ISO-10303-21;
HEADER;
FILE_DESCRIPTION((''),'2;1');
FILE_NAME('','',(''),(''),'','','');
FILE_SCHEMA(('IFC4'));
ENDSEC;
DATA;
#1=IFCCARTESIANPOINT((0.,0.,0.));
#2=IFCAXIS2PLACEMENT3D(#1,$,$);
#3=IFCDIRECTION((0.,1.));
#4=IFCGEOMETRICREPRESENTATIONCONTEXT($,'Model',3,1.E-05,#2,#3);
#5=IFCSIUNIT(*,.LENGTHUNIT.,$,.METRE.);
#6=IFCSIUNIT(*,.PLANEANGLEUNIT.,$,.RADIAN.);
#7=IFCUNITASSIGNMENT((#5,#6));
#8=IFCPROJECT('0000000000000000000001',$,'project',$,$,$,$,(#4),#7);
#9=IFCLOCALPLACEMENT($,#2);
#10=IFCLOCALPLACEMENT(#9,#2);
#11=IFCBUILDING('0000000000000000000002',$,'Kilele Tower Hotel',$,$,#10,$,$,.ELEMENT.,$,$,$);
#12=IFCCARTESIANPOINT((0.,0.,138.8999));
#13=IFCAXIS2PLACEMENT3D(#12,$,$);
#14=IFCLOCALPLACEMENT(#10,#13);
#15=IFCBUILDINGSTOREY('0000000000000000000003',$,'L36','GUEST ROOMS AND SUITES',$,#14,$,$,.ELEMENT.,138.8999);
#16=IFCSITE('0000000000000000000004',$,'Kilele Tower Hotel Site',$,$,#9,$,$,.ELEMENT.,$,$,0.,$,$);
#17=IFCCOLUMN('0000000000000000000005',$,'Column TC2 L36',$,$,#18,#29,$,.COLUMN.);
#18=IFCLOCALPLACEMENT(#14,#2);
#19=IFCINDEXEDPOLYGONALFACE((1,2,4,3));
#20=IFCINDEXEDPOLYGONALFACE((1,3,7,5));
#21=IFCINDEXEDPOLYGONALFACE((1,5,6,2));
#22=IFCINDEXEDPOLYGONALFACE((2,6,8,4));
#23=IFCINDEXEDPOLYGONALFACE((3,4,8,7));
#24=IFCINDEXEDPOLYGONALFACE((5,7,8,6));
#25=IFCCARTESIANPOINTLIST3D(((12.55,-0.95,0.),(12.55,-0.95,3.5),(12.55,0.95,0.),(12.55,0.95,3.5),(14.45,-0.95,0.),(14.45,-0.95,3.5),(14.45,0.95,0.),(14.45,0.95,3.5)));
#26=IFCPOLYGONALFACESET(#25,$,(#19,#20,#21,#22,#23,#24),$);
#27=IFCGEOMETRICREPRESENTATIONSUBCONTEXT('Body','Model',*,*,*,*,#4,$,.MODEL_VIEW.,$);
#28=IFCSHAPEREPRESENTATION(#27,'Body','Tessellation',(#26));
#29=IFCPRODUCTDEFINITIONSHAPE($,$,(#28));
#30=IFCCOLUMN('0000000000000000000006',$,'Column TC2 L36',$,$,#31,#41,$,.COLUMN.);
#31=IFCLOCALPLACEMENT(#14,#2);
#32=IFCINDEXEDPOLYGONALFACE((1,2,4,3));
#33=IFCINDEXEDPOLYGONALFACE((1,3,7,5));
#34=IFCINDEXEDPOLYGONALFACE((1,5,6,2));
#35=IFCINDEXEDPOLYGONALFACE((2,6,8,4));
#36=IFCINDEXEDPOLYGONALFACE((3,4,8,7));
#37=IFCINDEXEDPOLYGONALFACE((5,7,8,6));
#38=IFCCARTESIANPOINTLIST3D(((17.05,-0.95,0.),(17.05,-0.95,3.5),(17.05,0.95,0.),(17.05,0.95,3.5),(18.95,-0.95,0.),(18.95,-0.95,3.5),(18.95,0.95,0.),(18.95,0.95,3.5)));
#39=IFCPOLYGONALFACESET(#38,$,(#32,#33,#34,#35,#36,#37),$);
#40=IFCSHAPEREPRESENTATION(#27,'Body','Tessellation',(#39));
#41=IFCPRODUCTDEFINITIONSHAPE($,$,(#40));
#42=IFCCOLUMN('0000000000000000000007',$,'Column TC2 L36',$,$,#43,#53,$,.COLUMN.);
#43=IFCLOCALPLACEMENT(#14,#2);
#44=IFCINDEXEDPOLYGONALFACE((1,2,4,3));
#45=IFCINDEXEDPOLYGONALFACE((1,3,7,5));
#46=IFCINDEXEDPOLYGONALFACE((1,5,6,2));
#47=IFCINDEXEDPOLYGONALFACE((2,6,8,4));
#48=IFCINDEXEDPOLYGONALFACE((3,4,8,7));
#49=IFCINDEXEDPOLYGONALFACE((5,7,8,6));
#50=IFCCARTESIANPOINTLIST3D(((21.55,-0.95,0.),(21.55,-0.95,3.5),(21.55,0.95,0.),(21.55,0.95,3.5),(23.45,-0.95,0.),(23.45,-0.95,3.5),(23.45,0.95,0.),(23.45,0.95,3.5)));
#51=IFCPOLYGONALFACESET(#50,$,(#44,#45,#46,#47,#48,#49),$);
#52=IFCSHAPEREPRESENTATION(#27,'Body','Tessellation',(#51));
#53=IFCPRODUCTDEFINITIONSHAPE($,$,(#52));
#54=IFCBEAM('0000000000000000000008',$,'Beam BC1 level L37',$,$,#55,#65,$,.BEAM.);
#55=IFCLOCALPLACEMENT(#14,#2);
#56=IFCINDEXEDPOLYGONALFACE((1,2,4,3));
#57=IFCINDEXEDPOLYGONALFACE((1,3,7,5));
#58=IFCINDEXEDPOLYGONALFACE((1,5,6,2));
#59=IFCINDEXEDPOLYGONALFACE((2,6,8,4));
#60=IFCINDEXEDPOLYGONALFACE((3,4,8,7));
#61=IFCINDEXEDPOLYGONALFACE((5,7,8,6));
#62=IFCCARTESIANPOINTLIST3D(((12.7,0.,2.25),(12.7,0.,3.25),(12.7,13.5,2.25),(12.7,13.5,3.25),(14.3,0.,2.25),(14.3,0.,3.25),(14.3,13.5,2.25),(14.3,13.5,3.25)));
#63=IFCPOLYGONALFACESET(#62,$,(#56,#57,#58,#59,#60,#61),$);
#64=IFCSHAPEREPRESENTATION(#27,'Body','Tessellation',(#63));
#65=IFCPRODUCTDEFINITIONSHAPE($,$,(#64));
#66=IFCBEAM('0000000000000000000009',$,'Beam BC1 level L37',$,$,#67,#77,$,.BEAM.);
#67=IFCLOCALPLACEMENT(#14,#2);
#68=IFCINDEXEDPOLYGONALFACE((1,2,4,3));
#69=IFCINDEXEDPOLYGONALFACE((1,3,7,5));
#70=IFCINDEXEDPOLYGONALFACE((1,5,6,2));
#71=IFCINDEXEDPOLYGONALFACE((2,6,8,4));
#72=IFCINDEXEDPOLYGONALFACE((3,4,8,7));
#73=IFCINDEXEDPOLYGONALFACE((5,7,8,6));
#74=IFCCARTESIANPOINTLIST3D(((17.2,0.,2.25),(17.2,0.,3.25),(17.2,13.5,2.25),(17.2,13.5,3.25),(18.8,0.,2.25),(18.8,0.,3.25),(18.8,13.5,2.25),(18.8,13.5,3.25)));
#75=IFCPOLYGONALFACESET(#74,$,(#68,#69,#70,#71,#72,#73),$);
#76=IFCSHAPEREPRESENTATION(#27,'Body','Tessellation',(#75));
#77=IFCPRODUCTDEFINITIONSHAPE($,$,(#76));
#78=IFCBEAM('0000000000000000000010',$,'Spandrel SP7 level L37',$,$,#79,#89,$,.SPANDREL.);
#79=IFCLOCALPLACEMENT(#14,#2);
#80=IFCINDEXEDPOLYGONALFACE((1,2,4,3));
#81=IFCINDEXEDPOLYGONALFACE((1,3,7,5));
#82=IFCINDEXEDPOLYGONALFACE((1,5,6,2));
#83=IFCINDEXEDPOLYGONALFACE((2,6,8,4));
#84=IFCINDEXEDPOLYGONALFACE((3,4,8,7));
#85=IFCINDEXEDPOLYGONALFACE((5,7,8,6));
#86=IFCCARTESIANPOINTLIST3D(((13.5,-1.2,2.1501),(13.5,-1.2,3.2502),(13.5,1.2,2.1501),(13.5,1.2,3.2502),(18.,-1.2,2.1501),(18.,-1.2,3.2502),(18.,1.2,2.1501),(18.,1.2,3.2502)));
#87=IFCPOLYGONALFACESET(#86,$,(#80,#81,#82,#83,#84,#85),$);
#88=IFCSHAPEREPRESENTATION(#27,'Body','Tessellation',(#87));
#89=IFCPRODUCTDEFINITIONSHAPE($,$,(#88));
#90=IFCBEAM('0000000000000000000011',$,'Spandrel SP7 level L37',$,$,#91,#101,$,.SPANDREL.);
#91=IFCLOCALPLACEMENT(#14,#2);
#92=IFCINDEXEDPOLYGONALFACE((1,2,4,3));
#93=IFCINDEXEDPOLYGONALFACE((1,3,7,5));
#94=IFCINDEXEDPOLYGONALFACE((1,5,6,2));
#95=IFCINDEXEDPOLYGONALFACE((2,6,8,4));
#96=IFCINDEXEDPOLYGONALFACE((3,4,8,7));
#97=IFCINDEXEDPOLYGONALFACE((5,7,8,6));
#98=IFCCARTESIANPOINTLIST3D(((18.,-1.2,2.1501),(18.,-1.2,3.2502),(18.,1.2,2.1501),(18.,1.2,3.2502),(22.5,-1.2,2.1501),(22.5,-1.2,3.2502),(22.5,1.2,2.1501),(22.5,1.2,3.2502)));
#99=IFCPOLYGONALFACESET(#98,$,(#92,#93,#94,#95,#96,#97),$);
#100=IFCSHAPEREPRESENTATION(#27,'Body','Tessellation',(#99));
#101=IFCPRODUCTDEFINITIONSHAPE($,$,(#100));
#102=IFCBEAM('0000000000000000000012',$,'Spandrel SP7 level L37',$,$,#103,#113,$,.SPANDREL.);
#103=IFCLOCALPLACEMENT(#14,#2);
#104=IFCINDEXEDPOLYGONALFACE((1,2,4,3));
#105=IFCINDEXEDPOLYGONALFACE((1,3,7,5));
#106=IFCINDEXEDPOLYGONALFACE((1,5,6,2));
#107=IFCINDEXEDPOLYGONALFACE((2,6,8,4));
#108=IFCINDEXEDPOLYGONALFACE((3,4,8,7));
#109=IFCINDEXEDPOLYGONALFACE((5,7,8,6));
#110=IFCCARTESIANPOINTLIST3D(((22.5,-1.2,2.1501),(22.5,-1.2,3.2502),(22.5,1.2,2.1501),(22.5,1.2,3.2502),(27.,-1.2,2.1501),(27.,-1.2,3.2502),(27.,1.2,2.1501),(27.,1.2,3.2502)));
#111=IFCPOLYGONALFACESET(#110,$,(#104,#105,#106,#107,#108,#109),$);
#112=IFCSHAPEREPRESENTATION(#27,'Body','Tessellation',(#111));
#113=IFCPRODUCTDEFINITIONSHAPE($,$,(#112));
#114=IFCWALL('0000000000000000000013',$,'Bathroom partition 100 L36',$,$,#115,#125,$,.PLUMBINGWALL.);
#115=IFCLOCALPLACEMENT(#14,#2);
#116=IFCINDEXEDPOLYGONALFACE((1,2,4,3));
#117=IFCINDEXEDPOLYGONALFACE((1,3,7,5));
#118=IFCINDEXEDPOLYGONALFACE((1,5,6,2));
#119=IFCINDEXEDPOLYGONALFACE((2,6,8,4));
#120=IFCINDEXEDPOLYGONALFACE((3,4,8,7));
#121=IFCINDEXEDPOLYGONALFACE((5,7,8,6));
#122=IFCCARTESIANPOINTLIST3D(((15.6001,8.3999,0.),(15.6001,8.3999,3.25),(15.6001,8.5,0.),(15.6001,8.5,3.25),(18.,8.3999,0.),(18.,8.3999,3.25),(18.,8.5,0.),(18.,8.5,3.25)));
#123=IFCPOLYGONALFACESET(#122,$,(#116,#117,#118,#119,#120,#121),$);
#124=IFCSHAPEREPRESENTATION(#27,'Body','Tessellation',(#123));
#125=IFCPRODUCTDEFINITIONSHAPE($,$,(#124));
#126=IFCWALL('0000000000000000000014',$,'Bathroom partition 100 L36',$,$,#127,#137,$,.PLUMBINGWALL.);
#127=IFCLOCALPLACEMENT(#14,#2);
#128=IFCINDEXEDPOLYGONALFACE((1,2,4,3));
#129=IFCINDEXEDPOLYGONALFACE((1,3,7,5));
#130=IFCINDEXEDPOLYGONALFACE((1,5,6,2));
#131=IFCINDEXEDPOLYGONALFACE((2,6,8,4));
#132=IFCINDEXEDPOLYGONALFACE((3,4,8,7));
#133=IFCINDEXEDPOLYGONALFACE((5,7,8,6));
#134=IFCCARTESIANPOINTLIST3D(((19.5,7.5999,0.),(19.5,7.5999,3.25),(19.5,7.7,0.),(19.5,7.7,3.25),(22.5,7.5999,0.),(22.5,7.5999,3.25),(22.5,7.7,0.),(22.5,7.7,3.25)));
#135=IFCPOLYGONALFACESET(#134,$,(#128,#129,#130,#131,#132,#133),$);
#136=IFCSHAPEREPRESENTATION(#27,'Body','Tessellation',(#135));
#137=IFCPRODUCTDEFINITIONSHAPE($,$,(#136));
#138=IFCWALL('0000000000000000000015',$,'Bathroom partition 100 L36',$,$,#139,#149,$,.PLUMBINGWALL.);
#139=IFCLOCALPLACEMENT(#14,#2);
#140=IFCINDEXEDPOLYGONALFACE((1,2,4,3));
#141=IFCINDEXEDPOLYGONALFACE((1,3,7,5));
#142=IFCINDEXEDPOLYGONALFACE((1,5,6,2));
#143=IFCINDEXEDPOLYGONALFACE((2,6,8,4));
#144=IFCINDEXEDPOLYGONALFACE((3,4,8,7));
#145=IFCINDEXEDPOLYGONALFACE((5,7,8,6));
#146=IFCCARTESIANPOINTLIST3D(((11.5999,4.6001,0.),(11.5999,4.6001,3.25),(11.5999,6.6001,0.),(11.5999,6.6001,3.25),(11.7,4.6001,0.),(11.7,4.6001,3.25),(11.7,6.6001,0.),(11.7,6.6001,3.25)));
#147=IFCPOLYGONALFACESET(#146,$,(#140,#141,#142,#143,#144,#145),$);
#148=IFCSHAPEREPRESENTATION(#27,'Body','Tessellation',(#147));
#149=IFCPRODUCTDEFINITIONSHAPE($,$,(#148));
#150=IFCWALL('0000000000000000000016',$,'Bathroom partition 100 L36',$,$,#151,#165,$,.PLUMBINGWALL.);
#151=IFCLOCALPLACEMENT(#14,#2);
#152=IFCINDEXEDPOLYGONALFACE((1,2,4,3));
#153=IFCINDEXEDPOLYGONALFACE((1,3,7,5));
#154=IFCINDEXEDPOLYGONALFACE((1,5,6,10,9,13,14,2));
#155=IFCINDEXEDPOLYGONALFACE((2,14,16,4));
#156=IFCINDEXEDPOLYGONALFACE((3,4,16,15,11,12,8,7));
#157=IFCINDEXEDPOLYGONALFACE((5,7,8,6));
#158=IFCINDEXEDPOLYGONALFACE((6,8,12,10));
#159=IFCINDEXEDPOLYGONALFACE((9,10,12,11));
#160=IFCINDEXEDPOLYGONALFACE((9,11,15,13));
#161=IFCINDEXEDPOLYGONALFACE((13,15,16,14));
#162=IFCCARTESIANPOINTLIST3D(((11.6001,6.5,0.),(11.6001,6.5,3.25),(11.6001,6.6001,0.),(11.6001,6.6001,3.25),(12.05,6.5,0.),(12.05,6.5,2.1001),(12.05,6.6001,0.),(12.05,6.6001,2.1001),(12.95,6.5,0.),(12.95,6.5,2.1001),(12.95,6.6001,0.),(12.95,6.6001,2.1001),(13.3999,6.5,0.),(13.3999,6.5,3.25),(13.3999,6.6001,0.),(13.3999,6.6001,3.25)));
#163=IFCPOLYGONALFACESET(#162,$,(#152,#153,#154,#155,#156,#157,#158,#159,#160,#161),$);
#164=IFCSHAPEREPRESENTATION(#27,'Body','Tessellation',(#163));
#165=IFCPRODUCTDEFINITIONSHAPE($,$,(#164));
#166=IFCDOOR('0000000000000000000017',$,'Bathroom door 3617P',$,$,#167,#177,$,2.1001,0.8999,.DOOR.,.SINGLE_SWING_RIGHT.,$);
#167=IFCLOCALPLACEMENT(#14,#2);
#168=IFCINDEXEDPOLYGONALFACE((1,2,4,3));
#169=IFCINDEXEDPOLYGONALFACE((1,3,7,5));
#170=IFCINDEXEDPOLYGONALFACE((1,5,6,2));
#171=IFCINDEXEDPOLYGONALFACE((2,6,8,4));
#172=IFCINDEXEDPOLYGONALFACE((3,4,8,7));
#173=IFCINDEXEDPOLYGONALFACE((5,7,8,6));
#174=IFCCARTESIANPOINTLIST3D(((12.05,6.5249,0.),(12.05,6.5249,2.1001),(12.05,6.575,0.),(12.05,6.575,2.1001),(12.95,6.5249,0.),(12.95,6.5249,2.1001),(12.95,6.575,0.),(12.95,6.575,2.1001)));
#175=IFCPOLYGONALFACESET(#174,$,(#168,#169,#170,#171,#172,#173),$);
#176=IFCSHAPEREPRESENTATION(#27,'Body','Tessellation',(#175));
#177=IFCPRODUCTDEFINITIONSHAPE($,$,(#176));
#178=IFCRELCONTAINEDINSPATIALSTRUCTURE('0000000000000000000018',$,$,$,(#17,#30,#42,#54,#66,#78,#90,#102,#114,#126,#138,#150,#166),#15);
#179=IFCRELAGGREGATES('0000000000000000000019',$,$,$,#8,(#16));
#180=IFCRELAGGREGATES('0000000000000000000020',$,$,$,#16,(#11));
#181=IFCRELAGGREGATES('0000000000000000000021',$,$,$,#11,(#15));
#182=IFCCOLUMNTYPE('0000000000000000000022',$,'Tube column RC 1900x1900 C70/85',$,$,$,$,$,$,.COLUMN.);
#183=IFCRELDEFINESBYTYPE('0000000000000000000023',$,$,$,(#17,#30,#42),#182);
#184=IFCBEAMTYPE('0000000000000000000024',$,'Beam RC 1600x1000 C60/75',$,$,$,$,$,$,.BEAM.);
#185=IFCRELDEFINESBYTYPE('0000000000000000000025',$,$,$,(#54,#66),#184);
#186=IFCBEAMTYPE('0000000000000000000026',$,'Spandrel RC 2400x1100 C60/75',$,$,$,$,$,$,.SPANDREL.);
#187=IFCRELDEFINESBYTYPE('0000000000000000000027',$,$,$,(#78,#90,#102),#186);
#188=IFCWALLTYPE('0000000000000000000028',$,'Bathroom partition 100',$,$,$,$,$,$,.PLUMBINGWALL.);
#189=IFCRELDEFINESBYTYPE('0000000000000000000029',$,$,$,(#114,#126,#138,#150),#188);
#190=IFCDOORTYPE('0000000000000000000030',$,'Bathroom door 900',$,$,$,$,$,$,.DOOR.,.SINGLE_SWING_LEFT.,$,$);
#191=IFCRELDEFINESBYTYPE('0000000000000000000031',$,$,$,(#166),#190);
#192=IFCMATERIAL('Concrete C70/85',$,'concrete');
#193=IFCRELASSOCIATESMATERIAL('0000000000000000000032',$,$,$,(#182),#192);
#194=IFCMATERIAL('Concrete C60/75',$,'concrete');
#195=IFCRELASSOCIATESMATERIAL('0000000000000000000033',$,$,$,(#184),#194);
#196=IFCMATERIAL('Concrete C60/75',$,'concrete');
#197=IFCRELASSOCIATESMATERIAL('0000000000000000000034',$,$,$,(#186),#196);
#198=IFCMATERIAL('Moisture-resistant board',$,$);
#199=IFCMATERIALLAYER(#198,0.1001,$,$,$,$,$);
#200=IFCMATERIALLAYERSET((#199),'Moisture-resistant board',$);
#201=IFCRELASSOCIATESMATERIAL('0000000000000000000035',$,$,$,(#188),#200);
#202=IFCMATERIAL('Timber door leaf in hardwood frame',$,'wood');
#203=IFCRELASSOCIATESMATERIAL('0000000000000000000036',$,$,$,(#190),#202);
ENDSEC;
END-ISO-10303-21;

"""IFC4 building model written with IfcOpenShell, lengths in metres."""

from ifc_helpers import new_model, si_unit, direction, frame, frame_2d, origin, origin_2d, place, context, subcontext, project, spatial, rectangle, extrude, material, layer, layer_set, material_profile, profile_set, type_object, element, fill, save


model = new_model("IFC4")

# Units and contexts
model_context = context("Model", 3, precision=1e-05, world=origin(), true_north=direction((0.0, 1.0)))
body_context = subcontext(model_context, "Body", "Model", "MODEL_VIEW")
ifc_project = project(units=[si_unit("LENGTHUNIT", "METRE"), si_unit("PLANEANGLEUNIT", "RADIAN")], contexts=[model_context])

# Site, building, storey
site_placement = place(None, origin())
site = spatial("IfcSite", under=ifc_project, at=site_placement, Name="Kilele Tower Hotel Site", CompositionType="ELEMENT", RefElevation=0.0)
building_placement = place(site_placement, origin())
building = spatial("IfcBuilding", under=site, at=building_placement, Name="Kilele Tower Hotel", CompositionType="ELEMENT")
storey_placement = place(building_placement, frame((0.0, 0.0, 138.8999)))
storey = spatial("IfcBuildingStorey", under=building, at=storey_placement, Name="L36", Description="GUEST ROOMS AND SUITES", CompositionType="ELEMENT", Elevation=138.8999)

# Columns
ifc_material_1 = material(Name="Concrete C70/85", Category="concrete")
ifc_material_profile_1 = material_profile(ifc_material_1, rectangle(XDim=1.8999, YDim=1.8999, at=origin_2d()))
ifc_profile_set_1 = profile_set([ifc_material_profile_1], Name="Concrete C70/85")
column_type = type_object("IfcColumnType", Name="Tube column RC 1900x1900 C70/85", PredefinedType="COLUMN", material=ifc_profile_set_1)
for number, where, z_axis, x_axis, name in (
    (1, (13.5, 0.0, 0.0), (0.0, 0.0, 1.0), (1.0, 0.0, 0.0), "Column TC2 L36"),
    (2, (18.0, 0.0, 0.0), (0.0, 0.0, 1.0), (1.0, 0.0, 0.0), "Column TC2 L36"),
    (3, (22.5, 0.0, 0.0), (0.0, 0.0, 1.0), (1.0, 0.0, 0.0), "Column TC2 L36"),
):
    element("IfcColumn", number, at=place(storey_placement, frame(where, z_axis=z_axis, x_axis=x_axis)), inside=storey, type_object=column_type, Name=name, PredefinedType="COLUMN", context=body_context, shape_type="SweptSolid", body=[
        extrude(rectangle(XDim=1.8999, YDim=1.8999, at=origin_2d()), origin(), (0.0, 0.0, 1.0), 3.5),
    ])

# Beams
ifc_material_2 = material(Name="Concrete C60/75", Category="concrete")
ifc_material_profile_2 = material_profile(ifc_material_2, rectangle(XDim=1.6001, YDim=1.0, at=origin_2d()))
ifc_profile_set_2 = profile_set([ifc_material_profile_2], Name="Concrete C60/75")
beam_type_1 = type_object("IfcBeamType", Name="Beam RC 1600x1000 C60/75", PredefinedType="BEAM", material=ifc_profile_set_2)
for number, where, z_axis, x_axis, name in (
    (4, (13.5, 0.0, 2.75), (0.0, 1.0, 0.0), (-1.0, 0.0, 0.0), "Beam BC1 level L37"),
    (5, (18.0, 0.0, 2.75), (0.0, 1.0, 0.0), (-1.0, 0.0, 0.0), "Beam BC1 level L37"),
):
    element("IfcBeam", number, at=place(storey_placement, frame(where, z_axis=z_axis, x_axis=x_axis)), inside=storey, type_object=beam_type_1, Name=name, PredefinedType="BEAM", context=body_context, shape_type="SweptSolid", body=[
        extrude(rectangle(XDim=1.6001, YDim=1.0, at=origin_2d()), origin(), (0.0, 0.0, 1.0), 13.5),
    ])
ifc_material_3 = material(Name="Concrete C60/75", Category="concrete")
ifc_material_profile_3 = material_profile(ifc_material_3, rectangle(XDim=2.3999, YDim=1.1001, at=origin_2d()))
ifc_profile_set_3 = profile_set([ifc_material_profile_3], Name="Concrete C60/75")
beam_type_2 = type_object("IfcBeamType", Name="Spandrel RC 2400x1100 C60/75", PredefinedType="SPANDREL", material=ifc_profile_set_3)
for number, where, z_axis, x_axis, name in (
    (6, (13.5, 0.0, 2.7002), (1.0, 0.0, 0.0), (0.0, 1.0, 0.0), "Spandrel SP7 level L37"),
    (7, (18.0, 0.0, 2.7002), (1.0, 0.0, 0.0), (0.0, 1.0, 0.0), "Spandrel SP7 level L37"),
    (8, (22.5, 0.0, 2.7002), (1.0, 0.0, 0.0), (0.0, 1.0, 0.0), "Spandrel SP7 level L37"),
):
    element("IfcBeam", number, at=place(storey_placement, frame(where, z_axis=z_axis, x_axis=x_axis)), inside=storey, type_object=beam_type_2, Name=name, PredefinedType="SPANDREL", context=body_context, shape_type="SweptSolid", body=[
        extrude(rectangle(XDim=2.3999, YDim=1.1001, at=origin_2d()), origin(), (0.0, 0.0, 1.0), 4.5),
    ])

# Walls
ifc_material_4 = material(Name="Moisture-resistant board")
ifc_layer_1 = layer(ifc_material_4, 0.1001)
ifc_layer_set_1 = layer_set([ifc_layer_1], Name="Moisture-resistant board")
wall_type_1 = type_object("IfcWallType", Name="Bathroom partition 100", PredefinedType="PLUMBINGWALL", material=ifc_layer_set_1)
wall_1_placement = place(storey_placement, frame((15.6001, 8.45, 0.0), z_axis=(0.0, 0.0, 1.0), x_axis=(1.0, 0.0, 0.0)))
element("IfcWall", 9, at=wall_1_placement, inside=storey, type_object=wall_type_1, Name="Bathroom partition 100 L36", PredefinedType="PLUMBINGWALL", context=body_context, shape_type="SweptSolid", body=[
    extrude(rectangle(XDim=2.3999, YDim=0.1001, at=frame_2d((1.2, 0.0))), origin(), (0.0, 0.0, 1.0), 3.25),
])
wall_2_placement = place(storey_placement, frame((19.5, 7.6499, 0.0), z_axis=(0.0, 0.0, 1.0), x_axis=(1.0, 0.0, 0.0)))
element("IfcWall", 10, at=wall_2_placement, inside=storey, type_object=wall_type_1, Name="Bathroom partition 100 L36", PredefinedType="PLUMBINGWALL", context=body_context, shape_type="SweptSolid", body=[
    extrude(rectangle(XDim=3.0, YDim=0.1001, at=frame_2d((1.5, 0.0))), origin(), (0.0, 0.0, 1.0), 3.25),
])
wall_3_placement = place(storey_placement, frame((11.6499, 4.6001, 0.0), z_axis=(0.0, 0.0, 1.0), x_axis=(0.0, 1.0, 0.0)))
element("IfcWall", 11, at=wall_3_placement, inside=storey, type_object=wall_type_1, Name="Bathroom partition 100 L36", PredefinedType="PLUMBINGWALL", context=body_context, shape_type="SweptSolid", body=[
    extrude(rectangle(XDim=2.0, YDim=0.1001, at=frame_2d((1.0, 0.0))), origin(), (0.0, 0.0, 1.0), 3.25),
])

# Wall, opening, door
wall_4_placement = place(storey_placement, frame((13.3999, 6.55, 0.0), z_axis=(0.0, 0.0, 1.0), x_axis=(-1.0, 0.0, 0.0)))
wall_4 = element("IfcWall", 12, at=wall_4_placement, inside=storey, type_object=wall_type_1, Name="Bathroom partition 100 L36", PredefinedType="PLUMBINGWALL", context=body_context, shape_type="SweptSolid", body=[
    extrude(rectangle(XDim=1.7998, YDim=0.1001, at=frame_2d((0.8999, 0.0))), origin(), (0.0, 0.0, 1.0), 3.25),
])
opening_1_placement = place(wall_4_placement, frame((1.3499, 0.0, 0.0), z_axis=(0.0, 0.0, 1.0), x_axis=(-1.0, 0.0, 0.0)))
opening_1 = element("IfcOpeningElement", 13, at=opening_1_placement, cuts=wall_4, PredefinedType="OPENING", context=body_context, shape_type="SweptSolid", body=[
    extrude(rectangle(XDim=0.8999, YDim=2.1001, at=frame_2d((0.45, 1.05))), frame((0.0, 0.0601, 0.0), z_axis=(0.0, -1.0, 0.0), x_axis=(1.0, 0.0, 0.0)), (0.0, 0.0, 1.0), 0.1201),
])
ifc_material_5 = material(Name="Timber door leaf in hardwood frame", Category="wood")
door_type_1 = type_object("IfcDoorType", Name="Bathroom door 900", OperationType="SINGLE_SWING_LEFT", PredefinedType="DOOR", material=ifc_material_5)
door_1_placement = place(opening_1_placement, origin())
door_1 = element("IfcDoor", 14, at=door_1_placement, inside=storey, type_object=door_type_1, Name="Bathroom door 3617P", OperationType="SINGLE_SWING_RIGHT", OverallHeight=2.1001, OverallWidth=0.8999, PredefinedType="DOOR", context=body_context, shape_type="SweptSolid", body=[
    extrude(rectangle(XDim=0.8999, YDim=2.1001, at=frame_2d((0.45, 1.05))), frame((0.0, 0.0249, 0.0), z_axis=(0.0, -1.0, 0.0), x_axis=(1.0, 0.0, 0.0)), (0.0, 0.0, 1.0), 0.05),
])
fill(opening_1, door_1)

save(model, "model.ifc")
